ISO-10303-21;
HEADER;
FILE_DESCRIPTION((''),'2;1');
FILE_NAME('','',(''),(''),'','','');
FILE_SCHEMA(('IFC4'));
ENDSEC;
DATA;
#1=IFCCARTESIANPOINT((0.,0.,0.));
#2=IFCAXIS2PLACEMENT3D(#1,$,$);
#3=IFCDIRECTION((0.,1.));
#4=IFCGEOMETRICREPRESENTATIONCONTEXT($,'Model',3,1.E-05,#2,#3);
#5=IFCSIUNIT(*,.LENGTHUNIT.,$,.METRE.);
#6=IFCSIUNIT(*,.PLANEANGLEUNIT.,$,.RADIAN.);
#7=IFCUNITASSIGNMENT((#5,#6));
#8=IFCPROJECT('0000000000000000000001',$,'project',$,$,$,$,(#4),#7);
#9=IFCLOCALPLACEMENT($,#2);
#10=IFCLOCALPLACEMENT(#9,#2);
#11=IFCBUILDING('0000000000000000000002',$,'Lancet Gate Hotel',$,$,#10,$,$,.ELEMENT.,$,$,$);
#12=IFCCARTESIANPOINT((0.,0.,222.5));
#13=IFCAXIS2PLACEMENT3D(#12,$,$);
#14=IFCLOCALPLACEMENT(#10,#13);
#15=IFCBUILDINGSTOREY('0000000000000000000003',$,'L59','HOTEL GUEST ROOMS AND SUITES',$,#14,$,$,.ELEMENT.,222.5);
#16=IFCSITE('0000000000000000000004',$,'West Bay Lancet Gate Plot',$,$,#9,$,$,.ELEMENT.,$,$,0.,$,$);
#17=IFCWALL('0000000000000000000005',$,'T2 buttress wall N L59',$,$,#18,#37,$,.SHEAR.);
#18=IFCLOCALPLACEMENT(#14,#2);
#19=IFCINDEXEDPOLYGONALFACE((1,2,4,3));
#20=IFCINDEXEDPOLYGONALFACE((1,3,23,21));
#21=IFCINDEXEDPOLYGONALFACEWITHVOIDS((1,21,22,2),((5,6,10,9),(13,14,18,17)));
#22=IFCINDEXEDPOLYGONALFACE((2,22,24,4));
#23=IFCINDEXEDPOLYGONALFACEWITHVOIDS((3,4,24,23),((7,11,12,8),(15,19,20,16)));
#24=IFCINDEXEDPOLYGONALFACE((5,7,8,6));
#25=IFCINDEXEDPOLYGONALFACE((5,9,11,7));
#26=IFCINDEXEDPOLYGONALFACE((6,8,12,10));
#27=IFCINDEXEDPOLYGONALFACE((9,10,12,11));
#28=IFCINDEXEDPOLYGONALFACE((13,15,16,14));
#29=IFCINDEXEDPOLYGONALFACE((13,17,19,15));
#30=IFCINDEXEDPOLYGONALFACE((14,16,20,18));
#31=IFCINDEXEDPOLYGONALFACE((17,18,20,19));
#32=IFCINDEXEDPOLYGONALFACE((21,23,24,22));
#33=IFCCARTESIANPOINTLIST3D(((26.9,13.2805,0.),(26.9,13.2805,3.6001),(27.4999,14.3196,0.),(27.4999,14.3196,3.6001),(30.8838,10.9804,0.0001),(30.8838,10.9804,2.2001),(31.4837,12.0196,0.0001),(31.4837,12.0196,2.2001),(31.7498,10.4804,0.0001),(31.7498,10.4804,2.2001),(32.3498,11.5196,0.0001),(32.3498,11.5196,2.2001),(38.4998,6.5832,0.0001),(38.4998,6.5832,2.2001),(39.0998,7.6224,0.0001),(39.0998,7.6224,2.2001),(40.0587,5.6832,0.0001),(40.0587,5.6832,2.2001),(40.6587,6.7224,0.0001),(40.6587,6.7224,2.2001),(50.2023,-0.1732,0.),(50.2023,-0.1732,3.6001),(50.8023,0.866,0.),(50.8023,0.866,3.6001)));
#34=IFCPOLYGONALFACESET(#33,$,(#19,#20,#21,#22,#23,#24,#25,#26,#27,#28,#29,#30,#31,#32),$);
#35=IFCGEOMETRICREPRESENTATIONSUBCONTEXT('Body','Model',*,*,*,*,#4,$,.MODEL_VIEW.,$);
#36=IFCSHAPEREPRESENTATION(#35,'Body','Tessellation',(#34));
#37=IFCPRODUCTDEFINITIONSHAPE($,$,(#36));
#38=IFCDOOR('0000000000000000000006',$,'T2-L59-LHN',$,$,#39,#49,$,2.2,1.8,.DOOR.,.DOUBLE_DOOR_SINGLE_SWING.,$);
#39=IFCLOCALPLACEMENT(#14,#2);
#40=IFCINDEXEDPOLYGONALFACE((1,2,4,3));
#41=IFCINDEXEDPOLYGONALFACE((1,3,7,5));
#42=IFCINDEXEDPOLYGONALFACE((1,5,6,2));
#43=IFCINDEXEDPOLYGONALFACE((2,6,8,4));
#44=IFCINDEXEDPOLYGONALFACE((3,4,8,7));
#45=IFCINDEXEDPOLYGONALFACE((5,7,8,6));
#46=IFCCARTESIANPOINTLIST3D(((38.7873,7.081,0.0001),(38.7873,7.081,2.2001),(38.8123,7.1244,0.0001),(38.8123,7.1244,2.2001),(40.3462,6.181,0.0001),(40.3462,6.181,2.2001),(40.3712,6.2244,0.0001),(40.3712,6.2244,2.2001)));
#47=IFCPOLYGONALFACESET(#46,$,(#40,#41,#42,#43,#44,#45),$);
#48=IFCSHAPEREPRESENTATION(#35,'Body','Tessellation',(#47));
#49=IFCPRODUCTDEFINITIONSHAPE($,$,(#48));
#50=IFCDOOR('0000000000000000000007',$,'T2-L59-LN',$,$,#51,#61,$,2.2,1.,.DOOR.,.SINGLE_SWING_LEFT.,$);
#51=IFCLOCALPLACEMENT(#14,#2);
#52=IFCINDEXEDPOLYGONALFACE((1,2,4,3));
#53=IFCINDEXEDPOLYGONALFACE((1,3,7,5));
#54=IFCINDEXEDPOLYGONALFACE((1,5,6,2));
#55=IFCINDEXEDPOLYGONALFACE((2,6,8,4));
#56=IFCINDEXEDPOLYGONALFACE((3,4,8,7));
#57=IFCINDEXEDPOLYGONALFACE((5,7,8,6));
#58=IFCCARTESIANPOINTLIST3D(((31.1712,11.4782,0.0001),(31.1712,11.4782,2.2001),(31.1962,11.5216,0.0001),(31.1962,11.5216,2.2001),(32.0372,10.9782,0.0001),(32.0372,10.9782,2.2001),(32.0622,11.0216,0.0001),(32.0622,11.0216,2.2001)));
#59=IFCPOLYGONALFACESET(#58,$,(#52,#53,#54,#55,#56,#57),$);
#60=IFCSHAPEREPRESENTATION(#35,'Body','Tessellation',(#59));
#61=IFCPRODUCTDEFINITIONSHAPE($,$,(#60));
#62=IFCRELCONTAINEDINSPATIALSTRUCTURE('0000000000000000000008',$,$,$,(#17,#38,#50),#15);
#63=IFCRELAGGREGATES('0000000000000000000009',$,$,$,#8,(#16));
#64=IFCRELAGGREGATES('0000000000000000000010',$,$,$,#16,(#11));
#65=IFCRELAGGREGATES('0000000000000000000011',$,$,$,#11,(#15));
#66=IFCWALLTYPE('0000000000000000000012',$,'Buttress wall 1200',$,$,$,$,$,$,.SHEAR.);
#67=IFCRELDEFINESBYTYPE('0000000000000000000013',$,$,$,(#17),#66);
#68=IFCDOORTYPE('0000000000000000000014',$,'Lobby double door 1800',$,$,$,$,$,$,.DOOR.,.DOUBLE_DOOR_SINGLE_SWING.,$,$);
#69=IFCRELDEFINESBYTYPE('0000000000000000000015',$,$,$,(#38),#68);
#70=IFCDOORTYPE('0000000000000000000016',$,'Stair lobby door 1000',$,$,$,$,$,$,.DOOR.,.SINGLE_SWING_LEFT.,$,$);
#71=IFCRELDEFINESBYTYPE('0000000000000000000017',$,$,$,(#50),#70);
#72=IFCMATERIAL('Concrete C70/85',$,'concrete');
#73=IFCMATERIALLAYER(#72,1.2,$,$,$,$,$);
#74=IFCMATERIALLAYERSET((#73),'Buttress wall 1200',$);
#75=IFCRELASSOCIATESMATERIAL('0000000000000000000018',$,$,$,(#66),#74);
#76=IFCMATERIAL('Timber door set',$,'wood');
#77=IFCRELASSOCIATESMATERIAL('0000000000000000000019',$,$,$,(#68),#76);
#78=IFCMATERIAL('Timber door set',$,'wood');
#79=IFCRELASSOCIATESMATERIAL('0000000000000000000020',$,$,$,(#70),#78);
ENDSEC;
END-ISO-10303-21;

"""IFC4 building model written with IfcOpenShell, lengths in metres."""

from ifc_helpers import new_model, si_unit, direction, frame, frame_2d, origin, place, context, subcontext, project, spatial, rectangle, extrude, material, layer, layer_set, type_object, element, fill, save


model = new_model("IFC4")

# Units and contexts
model_context = context("Model", 3, precision=1e-05, world=origin(), true_north=direction((0.0, 1.0)))
body_context = subcontext(model_context, "Body", "Model", "MODEL_VIEW")
ifc_project = project(units=[si_unit("LENGTHUNIT", "METRE"), si_unit("PLANEANGLEUNIT", "RADIAN")], contexts=[model_context])

# Site, building, storey
site_placement = place(None, origin())
site = spatial("IfcSite", under=ifc_project, at=site_placement, Name="West Bay Lancet Gate Plot", CompositionType="ELEMENT", RefElevation=0.0)
building_placement = place(site_placement, origin())
building = spatial("IfcBuilding", under=site, at=building_placement, Name="Lancet Gate Hotel", CompositionType="ELEMENT")
storey_placement = place(building_placement, frame((0.0, 0.0, 222.5)))
storey = spatial("IfcBuildingStorey", under=building, at=storey_placement, Name="L59", Description="HOTEL GUEST ROOMS AND SUITES", CompositionType="ELEMENT", Elevation=222.5)

# Wall, openings, doors
ifc_material_1 = material(Name="Concrete C70/85", Category="concrete")
ifc_layer_1 = layer(ifc_material_1, 1.2)
ifc_layer_set_1 = layer_set([ifc_layer_1], Name="Buttress wall 1200")
wall_type = type_object("IfcWallType", Name="Buttress wall 1200", PredefinedType="SHEAR", material=ifc_layer_set_1)
wall_placement = place(storey_placement, frame((27.2, 13.8, 0.0), z_axis=(0.0, 0.0, 1.0), x_axis=(0.866025, -0.500002, 0.0)))
wall = element("IfcWall", 1, at=wall_placement, inside=storey, type_object=wall_type, Name="T2 buttress wall N L59", PredefinedType="SHEAR", context=body_context, shape_type="SweptSolid", body=[
    extrude(rectangle(XDim=26.9072, YDim=1.2, at=frame_2d((13.4536, 0.0))), origin(), (0.0, 0.0, 1.0), 3.6001),
])
opening_1_placement = place(wall_placement, frame((4.6001, 0.0, 0.0)))
opening_1 = element("IfcOpeningElement", 2, at=opening_1_placement, cuts=wall, PredefinedType="OPENING", context=body_context, shape_type="SweptSolid", body=[
    extrude(rectangle(XDim=1.0, YDim=2.2, at=frame_2d((0.5, 1.1001))), frame((0.0, 0.6099, 0.0), z_axis=(0.0, -1.0, 0.0), x_axis=(1.0, 0.0, 0.0)), (0.0, 0.0, 1.0), 1.22),
])
opening_2_placement = place(wall_placement, frame((13.3945, 0.0, 0.0)))
opening_2 = element("IfcOpeningElement", 3, at=opening_2_placement, cuts=wall, PredefinedType="OPENING", context=body_context, shape_type="SweptSolid", body=[
    extrude(rectangle(XDim=1.8, YDim=2.2, at=frame_2d((0.8999, 1.1001))), frame((0.0, 0.6099, 0.0), z_axis=(0.0, -1.0, 0.0), x_axis=(1.0, 0.0, 0.0)), (0.0, 0.0, 1.0), 1.22),
])
ifc_material_2 = material(Name="Timber door set", Category="wood")
door_type_1 = type_object("IfcDoorType", Name="Lobby double door 1800", OperationType="DOUBLE_DOOR_SINGLE_SWING", PredefinedType="DOOR", material=ifc_material_2)
door_1_placement = place(opening_2_placement, origin())
door_1 = element("IfcDoor", 4, at=door_1_placement, inside=storey, type_object=door_type_1, Name="T2-L59-LHN", OperationType="DOUBLE_DOOR_SINGLE_SWING", OverallHeight=2.2, OverallWidth=1.8, PredefinedType="DOOR", context=body_context, shape_type="SweptSolid", body=[
    extrude(rectangle(XDim=1.8, YDim=2.2, at=frame_2d((0.8999, 1.1001))), frame((0.0, 0.0249, 0.0), z_axis=(0.0, -1.0, 0.0), x_axis=(1.0, 0.0, 0.0)), (0.0, 0.0, 1.0), 0.05),
])
fill(opening_2, door_1)
ifc_material_3 = material(Name="Timber door set", Category="wood")
door_type_2 = type_object("IfcDoorType", Name="Stair lobby door 1000", OperationType="SINGLE_SWING_LEFT", PredefinedType="DOOR", material=ifc_material_3)
door_2_placement = place(opening_1_placement, origin())
door_2 = element("IfcDoor", 5, at=door_2_placement, inside=storey, type_object=door_type_2, Name="T2-L59-LN", OperationType="SINGLE_SWING_LEFT", OverallHeight=2.2, OverallWidth=1.0, PredefinedType="DOOR", context=body_context, shape_type="SweptSolid", body=[
    extrude(rectangle(XDim=1.0, YDim=2.2, at=frame_2d((0.5, 1.1001))), frame((0.0, 0.0249, 0.0), z_axis=(0.0, -1.0, 0.0), x_axis=(1.0, 0.0, 0.0)), (0.0, 0.0, 1.0), 0.05),
])
fill(opening_1, door_2)

save(model, "model.ifc")
